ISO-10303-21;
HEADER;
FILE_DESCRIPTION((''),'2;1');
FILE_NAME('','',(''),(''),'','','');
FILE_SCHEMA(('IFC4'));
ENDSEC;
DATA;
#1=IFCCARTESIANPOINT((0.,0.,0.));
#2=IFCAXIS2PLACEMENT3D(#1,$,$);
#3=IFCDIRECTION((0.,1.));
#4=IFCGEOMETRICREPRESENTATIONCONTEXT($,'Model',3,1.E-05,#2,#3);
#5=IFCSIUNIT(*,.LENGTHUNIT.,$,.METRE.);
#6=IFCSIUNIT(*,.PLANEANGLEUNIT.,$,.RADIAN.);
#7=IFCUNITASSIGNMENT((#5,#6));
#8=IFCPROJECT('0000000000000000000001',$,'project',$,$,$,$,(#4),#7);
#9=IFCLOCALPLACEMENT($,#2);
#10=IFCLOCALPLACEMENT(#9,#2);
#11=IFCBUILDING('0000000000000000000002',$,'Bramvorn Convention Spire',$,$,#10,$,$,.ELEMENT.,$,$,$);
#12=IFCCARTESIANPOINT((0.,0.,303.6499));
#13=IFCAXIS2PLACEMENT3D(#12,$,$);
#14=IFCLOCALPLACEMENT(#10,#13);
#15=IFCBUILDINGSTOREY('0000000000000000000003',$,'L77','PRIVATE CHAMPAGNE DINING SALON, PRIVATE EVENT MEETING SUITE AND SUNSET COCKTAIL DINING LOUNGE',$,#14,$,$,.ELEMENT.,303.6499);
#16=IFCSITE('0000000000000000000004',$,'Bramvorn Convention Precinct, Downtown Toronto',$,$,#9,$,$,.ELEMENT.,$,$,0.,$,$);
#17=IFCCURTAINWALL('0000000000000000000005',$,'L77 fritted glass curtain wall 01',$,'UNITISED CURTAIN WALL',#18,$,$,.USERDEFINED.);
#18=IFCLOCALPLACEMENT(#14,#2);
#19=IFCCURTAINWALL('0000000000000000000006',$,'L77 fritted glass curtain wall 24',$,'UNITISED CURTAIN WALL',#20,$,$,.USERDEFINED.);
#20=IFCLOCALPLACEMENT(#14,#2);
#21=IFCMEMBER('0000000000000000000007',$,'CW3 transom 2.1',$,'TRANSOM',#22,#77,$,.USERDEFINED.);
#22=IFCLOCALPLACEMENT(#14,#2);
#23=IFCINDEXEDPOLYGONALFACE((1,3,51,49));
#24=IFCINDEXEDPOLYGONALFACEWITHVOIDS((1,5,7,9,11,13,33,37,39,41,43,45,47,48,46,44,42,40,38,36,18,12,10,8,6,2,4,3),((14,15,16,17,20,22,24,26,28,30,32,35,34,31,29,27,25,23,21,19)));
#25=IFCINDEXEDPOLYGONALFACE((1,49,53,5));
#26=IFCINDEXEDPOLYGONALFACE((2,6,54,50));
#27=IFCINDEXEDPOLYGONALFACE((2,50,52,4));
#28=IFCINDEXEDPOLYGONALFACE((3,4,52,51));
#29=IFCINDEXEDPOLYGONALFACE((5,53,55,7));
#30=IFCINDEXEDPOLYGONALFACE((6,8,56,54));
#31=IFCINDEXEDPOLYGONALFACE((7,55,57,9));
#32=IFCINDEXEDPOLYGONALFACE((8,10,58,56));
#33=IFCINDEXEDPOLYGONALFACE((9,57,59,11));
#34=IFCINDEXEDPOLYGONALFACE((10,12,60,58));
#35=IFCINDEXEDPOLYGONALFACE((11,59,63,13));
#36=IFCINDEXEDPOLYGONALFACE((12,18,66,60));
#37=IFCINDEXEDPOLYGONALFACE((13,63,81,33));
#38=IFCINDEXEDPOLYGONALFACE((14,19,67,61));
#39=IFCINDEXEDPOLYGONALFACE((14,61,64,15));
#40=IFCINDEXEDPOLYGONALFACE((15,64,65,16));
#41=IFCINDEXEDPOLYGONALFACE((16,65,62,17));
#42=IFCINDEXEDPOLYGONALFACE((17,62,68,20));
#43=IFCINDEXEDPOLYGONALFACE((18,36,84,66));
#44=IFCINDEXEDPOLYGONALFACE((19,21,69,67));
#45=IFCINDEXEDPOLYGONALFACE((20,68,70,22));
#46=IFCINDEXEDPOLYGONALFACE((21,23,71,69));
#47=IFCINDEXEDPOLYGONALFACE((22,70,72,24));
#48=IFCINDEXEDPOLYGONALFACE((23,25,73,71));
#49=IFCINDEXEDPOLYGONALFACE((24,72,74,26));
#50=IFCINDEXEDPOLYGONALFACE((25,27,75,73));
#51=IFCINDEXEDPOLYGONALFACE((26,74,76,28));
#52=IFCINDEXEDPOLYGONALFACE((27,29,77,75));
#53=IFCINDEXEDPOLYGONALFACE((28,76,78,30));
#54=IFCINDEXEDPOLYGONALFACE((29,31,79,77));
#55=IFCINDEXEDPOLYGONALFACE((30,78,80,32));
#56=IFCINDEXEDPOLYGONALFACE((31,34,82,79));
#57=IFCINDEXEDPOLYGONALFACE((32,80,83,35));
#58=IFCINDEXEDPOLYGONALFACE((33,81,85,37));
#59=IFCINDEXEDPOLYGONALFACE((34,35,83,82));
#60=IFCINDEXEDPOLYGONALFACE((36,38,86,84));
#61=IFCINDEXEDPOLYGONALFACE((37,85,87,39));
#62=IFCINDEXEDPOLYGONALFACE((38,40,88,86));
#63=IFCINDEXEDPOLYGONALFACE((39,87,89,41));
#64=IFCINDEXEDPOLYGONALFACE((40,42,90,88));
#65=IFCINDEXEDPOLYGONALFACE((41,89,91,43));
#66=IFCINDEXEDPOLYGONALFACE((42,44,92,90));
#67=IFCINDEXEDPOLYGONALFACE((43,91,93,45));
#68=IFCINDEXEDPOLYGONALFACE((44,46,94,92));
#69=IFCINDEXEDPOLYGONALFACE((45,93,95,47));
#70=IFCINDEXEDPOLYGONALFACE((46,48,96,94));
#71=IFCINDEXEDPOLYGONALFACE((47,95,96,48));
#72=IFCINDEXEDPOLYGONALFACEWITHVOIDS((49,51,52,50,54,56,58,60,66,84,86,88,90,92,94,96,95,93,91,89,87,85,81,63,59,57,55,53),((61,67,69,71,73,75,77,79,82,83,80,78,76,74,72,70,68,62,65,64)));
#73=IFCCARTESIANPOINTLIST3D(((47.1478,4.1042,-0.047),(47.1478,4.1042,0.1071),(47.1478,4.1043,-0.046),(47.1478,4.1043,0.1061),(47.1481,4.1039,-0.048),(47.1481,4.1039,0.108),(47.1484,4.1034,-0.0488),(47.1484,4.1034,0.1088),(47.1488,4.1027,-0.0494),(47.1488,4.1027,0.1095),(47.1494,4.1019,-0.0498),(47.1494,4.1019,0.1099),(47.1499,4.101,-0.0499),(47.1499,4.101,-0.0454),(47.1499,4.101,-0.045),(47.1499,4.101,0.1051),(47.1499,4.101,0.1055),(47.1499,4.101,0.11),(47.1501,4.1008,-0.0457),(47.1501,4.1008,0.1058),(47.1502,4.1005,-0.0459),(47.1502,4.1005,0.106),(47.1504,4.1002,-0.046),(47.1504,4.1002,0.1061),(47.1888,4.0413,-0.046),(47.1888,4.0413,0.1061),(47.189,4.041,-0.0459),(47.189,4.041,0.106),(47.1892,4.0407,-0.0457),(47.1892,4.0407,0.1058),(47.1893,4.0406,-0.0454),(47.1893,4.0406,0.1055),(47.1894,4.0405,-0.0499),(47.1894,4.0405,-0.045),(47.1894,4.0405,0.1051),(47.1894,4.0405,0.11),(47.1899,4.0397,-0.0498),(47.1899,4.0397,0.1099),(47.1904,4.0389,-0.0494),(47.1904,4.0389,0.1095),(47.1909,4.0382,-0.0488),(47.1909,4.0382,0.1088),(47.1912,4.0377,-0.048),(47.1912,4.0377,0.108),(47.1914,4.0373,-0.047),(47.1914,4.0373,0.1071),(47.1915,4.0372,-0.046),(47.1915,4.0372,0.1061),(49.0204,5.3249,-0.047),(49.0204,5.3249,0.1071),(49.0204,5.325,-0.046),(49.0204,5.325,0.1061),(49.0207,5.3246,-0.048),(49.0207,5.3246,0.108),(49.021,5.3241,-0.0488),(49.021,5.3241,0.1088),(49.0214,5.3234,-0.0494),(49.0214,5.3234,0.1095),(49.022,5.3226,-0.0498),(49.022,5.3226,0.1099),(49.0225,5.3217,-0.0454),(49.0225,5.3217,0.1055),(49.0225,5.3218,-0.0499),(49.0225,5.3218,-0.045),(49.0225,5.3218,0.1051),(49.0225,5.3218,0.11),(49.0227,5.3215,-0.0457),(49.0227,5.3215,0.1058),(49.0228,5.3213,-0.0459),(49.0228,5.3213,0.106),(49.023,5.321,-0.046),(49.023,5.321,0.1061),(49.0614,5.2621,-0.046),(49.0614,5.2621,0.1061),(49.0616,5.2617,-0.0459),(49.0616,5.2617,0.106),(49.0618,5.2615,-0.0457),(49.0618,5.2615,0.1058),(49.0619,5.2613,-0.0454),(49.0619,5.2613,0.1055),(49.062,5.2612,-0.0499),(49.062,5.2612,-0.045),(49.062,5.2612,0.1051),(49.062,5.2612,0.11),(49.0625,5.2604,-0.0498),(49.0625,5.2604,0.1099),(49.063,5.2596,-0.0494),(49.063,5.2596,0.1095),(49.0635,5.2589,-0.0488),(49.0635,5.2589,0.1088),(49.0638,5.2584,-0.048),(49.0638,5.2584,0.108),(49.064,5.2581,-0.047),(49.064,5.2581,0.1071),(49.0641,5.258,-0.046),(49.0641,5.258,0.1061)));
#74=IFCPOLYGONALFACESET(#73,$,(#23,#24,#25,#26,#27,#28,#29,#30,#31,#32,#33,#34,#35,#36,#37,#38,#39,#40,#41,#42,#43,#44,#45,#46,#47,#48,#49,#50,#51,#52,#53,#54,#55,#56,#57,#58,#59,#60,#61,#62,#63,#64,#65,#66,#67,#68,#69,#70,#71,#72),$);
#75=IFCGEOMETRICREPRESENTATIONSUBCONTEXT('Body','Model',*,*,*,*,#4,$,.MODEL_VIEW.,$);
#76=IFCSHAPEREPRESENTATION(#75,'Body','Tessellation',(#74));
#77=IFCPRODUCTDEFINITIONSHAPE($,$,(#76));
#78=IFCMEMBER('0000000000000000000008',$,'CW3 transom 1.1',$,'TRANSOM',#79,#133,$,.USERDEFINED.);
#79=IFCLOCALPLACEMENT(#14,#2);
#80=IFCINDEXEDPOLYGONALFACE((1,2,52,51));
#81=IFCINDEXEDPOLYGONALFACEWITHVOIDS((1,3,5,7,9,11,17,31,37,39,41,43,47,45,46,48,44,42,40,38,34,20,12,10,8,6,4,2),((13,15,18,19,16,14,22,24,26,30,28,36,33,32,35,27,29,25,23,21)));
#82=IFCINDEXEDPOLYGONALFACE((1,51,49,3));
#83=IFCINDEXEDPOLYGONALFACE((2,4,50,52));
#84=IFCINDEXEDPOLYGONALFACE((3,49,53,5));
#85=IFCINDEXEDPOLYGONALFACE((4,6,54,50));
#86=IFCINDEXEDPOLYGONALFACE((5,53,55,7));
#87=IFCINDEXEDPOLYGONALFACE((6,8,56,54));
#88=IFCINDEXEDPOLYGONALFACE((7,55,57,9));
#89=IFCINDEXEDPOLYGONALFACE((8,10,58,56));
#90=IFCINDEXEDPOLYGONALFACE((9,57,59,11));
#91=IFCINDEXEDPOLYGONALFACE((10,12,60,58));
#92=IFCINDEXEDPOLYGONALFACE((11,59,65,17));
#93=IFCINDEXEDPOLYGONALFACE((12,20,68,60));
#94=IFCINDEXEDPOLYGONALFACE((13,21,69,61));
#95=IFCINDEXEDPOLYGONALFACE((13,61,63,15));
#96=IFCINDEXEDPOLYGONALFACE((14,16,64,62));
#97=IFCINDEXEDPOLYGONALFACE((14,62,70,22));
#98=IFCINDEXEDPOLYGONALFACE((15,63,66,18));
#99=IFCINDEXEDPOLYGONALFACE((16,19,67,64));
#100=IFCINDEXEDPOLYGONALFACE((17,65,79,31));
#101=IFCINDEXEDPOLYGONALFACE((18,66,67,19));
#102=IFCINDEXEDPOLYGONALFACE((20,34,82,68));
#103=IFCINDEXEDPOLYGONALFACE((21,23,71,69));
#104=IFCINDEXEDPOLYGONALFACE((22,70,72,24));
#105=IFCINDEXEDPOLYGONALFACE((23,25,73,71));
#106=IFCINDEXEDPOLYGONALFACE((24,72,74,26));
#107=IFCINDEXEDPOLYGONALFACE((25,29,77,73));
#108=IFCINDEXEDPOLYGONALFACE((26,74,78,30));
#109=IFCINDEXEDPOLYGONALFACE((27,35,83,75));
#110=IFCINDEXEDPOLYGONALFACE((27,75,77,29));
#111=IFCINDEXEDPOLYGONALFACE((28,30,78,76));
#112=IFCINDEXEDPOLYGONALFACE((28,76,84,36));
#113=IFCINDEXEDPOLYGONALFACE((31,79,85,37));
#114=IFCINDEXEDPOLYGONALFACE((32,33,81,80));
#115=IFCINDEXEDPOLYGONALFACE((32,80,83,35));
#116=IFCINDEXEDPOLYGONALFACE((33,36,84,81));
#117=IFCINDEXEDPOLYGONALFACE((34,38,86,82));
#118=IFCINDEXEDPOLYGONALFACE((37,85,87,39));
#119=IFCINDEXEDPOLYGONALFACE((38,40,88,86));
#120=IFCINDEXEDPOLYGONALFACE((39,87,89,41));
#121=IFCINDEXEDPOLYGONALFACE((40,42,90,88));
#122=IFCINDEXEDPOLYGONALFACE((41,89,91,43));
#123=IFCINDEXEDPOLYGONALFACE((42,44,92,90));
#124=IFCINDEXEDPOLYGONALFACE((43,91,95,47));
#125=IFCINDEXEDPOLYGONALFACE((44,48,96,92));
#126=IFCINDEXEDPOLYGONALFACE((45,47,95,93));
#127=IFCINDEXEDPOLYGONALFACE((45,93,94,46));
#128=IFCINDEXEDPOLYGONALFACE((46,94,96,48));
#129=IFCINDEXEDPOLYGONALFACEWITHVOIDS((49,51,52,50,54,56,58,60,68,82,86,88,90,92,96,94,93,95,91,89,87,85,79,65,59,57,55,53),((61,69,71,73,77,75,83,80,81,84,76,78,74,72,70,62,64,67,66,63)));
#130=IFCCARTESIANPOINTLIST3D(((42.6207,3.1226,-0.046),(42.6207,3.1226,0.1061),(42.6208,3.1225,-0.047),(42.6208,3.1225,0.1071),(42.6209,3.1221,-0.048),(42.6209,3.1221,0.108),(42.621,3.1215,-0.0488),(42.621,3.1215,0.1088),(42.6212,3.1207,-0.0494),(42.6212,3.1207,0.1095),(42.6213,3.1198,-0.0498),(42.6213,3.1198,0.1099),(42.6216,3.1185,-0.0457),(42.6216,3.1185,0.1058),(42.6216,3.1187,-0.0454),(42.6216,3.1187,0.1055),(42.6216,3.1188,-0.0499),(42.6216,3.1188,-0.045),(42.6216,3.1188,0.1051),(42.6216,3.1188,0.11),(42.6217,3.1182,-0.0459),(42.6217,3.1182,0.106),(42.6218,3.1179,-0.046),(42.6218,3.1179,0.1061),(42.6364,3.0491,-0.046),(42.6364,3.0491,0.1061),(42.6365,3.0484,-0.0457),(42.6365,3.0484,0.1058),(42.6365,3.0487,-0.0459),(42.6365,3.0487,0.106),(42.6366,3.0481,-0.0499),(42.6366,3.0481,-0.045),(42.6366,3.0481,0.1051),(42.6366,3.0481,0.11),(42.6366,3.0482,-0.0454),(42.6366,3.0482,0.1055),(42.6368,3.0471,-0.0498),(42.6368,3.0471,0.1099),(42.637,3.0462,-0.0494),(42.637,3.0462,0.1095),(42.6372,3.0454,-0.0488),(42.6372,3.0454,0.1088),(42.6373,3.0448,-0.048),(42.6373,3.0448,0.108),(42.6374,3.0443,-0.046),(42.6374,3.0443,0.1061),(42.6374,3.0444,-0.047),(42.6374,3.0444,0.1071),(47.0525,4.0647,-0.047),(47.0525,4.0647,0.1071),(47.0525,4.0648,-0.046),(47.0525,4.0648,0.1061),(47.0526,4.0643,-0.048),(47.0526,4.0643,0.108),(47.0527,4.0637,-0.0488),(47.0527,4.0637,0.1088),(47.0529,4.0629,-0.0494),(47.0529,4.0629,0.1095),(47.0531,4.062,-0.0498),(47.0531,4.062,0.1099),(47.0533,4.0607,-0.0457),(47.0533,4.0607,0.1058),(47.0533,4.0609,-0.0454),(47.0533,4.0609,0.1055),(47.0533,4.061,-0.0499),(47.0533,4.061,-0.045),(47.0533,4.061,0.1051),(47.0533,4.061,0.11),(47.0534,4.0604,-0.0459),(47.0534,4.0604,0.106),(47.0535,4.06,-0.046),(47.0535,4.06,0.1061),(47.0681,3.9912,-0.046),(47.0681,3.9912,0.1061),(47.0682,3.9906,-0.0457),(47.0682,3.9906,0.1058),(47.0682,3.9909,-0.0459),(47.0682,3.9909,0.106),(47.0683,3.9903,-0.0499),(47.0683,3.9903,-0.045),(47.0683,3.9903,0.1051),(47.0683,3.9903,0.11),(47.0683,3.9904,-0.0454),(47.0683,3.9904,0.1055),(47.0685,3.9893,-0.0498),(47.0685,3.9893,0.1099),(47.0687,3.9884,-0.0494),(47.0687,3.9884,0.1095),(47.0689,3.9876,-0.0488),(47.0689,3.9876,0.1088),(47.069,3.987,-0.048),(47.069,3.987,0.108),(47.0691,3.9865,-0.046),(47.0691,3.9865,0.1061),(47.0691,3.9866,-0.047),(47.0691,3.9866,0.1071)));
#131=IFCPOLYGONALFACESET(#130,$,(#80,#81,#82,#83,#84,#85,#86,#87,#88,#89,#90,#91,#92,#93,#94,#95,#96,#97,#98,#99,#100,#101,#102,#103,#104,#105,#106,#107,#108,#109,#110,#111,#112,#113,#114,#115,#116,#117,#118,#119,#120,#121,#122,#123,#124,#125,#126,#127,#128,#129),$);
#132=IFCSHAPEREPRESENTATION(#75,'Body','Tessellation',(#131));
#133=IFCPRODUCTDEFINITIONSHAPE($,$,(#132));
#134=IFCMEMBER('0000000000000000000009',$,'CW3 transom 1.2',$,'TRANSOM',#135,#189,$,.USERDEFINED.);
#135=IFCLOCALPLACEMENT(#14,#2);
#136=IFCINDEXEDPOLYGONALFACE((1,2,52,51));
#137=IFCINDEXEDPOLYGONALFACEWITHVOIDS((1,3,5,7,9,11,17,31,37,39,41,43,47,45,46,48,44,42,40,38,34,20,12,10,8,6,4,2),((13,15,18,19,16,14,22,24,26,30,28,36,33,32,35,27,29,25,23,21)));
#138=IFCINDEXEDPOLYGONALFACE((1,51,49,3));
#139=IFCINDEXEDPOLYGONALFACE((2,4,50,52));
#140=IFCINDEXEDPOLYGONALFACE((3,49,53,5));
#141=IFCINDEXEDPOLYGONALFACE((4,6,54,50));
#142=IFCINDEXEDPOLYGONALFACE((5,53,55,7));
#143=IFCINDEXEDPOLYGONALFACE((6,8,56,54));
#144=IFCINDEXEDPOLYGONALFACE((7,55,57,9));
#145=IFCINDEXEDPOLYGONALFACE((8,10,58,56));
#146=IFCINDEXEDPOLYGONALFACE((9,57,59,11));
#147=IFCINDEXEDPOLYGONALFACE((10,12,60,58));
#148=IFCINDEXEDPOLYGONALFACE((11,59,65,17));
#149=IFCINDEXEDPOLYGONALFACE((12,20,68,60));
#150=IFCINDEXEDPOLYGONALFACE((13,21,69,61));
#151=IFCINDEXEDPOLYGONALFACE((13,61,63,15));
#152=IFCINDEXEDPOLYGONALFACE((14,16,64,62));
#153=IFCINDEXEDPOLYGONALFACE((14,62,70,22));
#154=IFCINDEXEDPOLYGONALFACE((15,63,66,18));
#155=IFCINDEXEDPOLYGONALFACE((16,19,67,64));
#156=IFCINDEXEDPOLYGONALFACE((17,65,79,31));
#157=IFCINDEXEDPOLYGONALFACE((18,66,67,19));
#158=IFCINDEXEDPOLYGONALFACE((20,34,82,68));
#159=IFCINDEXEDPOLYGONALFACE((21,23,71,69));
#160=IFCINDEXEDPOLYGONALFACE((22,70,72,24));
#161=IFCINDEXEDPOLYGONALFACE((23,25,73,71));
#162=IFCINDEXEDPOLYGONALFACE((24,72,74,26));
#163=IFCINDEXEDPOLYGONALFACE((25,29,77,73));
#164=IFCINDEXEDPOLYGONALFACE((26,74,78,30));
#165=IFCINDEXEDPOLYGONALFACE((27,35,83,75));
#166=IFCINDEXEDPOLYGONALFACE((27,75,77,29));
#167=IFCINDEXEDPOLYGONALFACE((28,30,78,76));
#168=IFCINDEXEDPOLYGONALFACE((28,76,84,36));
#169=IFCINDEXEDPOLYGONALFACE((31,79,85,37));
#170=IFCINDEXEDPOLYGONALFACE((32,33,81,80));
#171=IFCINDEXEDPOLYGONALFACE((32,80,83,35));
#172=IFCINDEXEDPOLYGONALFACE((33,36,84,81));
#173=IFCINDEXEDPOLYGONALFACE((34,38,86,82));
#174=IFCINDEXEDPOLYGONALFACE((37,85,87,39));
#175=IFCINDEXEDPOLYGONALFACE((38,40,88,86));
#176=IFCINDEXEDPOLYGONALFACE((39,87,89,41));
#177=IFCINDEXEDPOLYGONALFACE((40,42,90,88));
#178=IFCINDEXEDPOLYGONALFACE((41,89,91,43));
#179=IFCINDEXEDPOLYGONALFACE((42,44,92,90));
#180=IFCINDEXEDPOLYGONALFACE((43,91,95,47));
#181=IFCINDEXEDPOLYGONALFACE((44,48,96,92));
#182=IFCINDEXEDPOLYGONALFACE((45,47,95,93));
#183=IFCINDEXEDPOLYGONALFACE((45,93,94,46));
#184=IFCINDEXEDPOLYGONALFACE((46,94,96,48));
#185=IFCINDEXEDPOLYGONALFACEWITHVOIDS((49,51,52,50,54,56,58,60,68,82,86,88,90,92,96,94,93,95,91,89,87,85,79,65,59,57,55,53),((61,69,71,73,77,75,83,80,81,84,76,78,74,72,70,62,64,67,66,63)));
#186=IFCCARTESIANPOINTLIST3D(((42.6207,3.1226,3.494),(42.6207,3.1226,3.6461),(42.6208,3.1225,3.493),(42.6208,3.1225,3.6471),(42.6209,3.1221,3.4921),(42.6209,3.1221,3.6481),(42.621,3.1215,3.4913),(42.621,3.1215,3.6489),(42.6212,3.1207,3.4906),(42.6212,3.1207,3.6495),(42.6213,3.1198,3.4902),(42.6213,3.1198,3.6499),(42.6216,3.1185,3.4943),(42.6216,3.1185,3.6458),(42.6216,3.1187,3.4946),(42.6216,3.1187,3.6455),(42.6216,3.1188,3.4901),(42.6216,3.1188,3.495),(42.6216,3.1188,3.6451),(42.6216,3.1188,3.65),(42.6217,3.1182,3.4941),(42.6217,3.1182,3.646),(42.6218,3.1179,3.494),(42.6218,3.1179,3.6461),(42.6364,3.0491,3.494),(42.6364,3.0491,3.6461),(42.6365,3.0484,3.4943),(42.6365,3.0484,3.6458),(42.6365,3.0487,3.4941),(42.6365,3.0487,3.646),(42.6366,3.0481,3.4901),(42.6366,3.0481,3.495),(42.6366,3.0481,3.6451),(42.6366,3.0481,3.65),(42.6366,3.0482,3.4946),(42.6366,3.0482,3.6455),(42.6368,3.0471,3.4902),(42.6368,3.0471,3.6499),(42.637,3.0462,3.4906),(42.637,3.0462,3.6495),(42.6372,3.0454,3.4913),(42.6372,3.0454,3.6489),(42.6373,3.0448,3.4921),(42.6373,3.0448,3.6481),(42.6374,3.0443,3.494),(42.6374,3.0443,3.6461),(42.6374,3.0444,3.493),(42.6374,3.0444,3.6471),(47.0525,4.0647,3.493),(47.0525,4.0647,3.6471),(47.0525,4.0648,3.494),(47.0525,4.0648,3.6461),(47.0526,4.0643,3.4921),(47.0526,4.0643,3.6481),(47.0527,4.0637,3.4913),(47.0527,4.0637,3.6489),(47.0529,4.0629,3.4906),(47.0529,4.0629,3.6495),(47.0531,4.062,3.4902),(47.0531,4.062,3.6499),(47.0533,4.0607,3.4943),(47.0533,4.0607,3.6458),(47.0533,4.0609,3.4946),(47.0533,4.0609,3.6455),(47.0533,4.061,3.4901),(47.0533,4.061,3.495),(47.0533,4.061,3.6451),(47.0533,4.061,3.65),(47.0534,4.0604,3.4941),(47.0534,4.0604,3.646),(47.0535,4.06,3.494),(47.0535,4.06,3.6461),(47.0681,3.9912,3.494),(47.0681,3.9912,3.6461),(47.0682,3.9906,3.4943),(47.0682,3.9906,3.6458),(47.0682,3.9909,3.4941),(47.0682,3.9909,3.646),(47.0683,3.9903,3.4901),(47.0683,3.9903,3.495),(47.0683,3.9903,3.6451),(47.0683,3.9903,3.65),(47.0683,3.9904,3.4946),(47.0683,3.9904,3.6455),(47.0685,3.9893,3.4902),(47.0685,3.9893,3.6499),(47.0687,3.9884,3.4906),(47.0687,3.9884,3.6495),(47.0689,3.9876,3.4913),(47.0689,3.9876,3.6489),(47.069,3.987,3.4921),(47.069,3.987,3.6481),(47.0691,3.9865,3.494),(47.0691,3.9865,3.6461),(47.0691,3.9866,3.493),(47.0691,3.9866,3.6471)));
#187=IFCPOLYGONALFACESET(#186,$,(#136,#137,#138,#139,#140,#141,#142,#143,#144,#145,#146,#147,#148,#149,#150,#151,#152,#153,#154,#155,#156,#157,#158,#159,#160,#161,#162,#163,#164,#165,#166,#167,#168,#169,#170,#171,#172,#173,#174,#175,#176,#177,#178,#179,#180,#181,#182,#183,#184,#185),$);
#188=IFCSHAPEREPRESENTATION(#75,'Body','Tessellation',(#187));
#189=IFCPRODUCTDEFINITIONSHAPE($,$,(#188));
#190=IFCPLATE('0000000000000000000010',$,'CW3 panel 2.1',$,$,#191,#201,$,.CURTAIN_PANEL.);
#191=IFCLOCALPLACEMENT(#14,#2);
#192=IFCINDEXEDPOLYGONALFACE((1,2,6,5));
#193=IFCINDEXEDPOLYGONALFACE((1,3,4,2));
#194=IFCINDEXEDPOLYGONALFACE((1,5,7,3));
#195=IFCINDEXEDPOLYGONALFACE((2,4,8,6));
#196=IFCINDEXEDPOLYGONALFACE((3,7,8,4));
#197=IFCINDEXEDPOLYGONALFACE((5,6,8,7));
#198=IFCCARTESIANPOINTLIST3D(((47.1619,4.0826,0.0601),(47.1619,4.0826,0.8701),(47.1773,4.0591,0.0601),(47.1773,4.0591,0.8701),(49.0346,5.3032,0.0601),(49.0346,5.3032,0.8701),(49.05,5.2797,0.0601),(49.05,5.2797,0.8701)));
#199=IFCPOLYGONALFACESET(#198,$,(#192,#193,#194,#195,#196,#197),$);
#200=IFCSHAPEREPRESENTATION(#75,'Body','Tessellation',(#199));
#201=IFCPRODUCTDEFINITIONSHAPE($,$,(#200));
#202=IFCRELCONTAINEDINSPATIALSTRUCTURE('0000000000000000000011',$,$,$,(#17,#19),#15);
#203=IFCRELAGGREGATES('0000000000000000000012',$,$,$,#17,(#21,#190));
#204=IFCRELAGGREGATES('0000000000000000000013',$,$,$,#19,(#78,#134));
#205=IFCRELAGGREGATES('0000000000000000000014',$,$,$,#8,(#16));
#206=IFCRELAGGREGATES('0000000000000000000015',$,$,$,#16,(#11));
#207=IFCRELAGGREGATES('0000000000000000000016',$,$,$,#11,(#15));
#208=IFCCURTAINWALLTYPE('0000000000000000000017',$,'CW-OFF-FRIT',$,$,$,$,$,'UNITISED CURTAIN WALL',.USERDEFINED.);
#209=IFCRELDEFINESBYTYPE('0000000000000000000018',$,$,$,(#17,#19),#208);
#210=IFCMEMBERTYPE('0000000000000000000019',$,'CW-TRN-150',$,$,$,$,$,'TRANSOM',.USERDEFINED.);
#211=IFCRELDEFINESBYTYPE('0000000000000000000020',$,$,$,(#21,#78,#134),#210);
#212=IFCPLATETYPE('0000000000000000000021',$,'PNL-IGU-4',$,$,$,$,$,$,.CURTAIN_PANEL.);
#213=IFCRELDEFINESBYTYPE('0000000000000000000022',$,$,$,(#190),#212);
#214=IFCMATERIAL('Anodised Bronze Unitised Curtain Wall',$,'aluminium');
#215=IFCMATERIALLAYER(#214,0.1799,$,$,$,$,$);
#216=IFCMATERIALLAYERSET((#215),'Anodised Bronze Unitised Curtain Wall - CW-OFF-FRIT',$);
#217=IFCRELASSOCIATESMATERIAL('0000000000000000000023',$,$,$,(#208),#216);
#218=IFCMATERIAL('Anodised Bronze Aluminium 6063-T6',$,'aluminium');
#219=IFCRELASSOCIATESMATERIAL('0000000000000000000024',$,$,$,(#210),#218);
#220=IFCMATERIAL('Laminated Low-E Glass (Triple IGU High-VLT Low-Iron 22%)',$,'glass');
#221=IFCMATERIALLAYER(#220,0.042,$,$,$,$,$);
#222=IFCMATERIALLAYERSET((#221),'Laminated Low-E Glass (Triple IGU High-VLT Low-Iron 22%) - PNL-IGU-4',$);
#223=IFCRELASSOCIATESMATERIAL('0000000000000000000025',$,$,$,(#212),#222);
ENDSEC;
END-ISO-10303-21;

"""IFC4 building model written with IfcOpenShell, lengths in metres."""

from ifc_helpers import new_model, si_unit, direction, frame, origin, origin_2d, place, context, subcontext, project, spatial, rectangle, hollow_rectangle, extrude, material, layer, layer_set, material_profile, profile_set, type_object, element, aggregate, save


model = new_model("IFC4")

# Units and contexts
model_context = context("Model", 3, precision=1e-05, world=origin(), true_north=direction((0.0, 1.0)))
body_context = subcontext(model_context, "Body", "Model", "MODEL_VIEW")
ifc_project = project(units=[si_unit("LENGTHUNIT", "METRE"), si_unit("PLANEANGLEUNIT", "RADIAN")], contexts=[model_context])

# Site, building, storey
site_placement = place(None, origin())
site = spatial("IfcSite", under=ifc_project, at=site_placement, Name="Bramvorn Convention Precinct, Downtown Toronto", CompositionType="ELEMENT", RefElevation=0.0)
building_placement = place(site_placement, origin())
building = spatial("IfcBuilding", under=site, at=building_placement, Name="Bramvorn Convention Spire", CompositionType="ELEMENT")
storey_placement = place(building_placement, frame((0.0, 0.0, 303.6499)))
storey = spatial("IfcBuildingStorey", under=building, at=storey_placement, Name="L77", Description="PRIVATE CHAMPAGNE DINING SALON, PRIVATE EVENT MEETING SUITE AND SUNSET COCKTAIL DINING LOUNGE", CompositionType="ELEMENT", Elevation=303.6499)

# Curtain wall
ifc_material_1 = material(Name="Anodised Bronze Unitised Curtain Wall", Category="aluminium")
ifc_layer_1 = layer(ifc_material_1, 0.1799)
ifc_layer_set_1 = layer_set([ifc_layer_1], Name="Anodised Bronze Unitised Curtain Wall - CW-OFF-FRIT")
curtain_wall_type = type_object("IfcCurtainWallType", Name="CW-OFF-FRIT", ElementType="UNITISED CURTAIN WALL", PredefinedType="USERDEFINED", material=ifc_layer_set_1)
curtain_wall_1_placement = place(storey_placement, origin())
curtain_wall_1 = element("IfcCurtainWall", 1, at=curtain_wall_1_placement, inside=storey, type_object=curtain_wall_type, Name="L77 fritted glass curtain wall 01", ObjectType="UNITISED CURTAIN WALL", PredefinedType="USERDEFINED")
ifc_material_2 = material(Name="Anodised Bronze Aluminium 6063-T6", Category="aluminium")

# Curtain wall
curtain_wall_2_placement = place(storey_placement, origin())
curtain_wall_2 = element("IfcCurtainWall", 2, at=curtain_wall_2_placement, inside=storey, type_object=curtain_wall_type, Name="L77 fritted glass curtain wall 24", ObjectType="UNITISED CURTAIN WALL", PredefinedType="USERDEFINED")

# Members
ifc_material_profile_1 = material_profile(ifc_material_2, hollow_rectangle(XDim=0.0801, YDim=0.1599, WallThickness=0.0039, InnerFilletRadius=0.001, OuterFilletRadius=0.0039, at=origin_2d()))
ifc_profile_set_1 = profile_set([ifc_material_profile_1], Name="Anodised Bronze Aluminium 6063-T6 - CWT80X160")
member_type_1 = type_object("IfcMemberType", Name="CW-TRN-150", ElementType="TRANSOM", PredefinedType="USERDEFINED", material=ifc_profile_set_1)
member_1_placement = place(storey_placement, frame((49.0422, 5.2915, 0.03), z_axis=(-0.837719, -0.546101, 0.0), x_axis=(0.546101, -0.837719, 0.0)))
member_1 = element("IfcMember", 3, at=member_1_placement, type_object=member_type_1, Name="CW3 transom 2.1", ObjectType="TRANSOM", PredefinedType="USERDEFINED", context=body_context, shape_type="SweptSolid", body=[
    extrude(hollow_rectangle(XDim=0.0801, YDim=0.1599, WallThickness=0.0039, InnerFilletRadius=0.001, OuterFilletRadius=0.0039, at=origin_2d()), origin(), (0.0, 0.0, 1.0), 2.2354),
])
member_2_placement = place(storey_placement, frame((47.0608, 4.0256, 0.03), z_axis=(-0.97814, -0.207946, 0.0), x_axis=(0.207946, -0.97814, 0.0)))
member_2 = element("IfcMember", 4, at=member_2_placement, type_object=member_type_1, Name="CW3 transom 1.1", ObjectType="TRANSOM", PredefinedType="USERDEFINED", context=body_context, shape_type="SweptSolid", body=[
    extrude(hollow_rectangle(XDim=0.0801, YDim=0.1599, WallThickness=0.0039, InnerFilletRadius=0.001, OuterFilletRadius=0.0039, at=origin_2d()), origin(), (0.0, 0.0, 1.0), 4.5308),
])
member_3_placement = place(storey_placement, frame((47.0608, 4.0256, 3.5701), z_axis=(-0.97814, -0.207946, 0.0), x_axis=(0.207946, -0.97814, 0.0)))
member_3 = element("IfcMember", 5, at=member_3_placement, type_object=member_type_1, Name="CW3 transom 1.2", ObjectType="TRANSOM", PredefinedType="USERDEFINED", context=body_context, shape_type="SweptSolid", body=[
    extrude(hollow_rectangle(XDim=0.0801, YDim=0.1599, WallThickness=0.0039, InnerFilletRadius=0.001, OuterFilletRadius=0.0039, at=origin_2d()), origin(), (0.0, 0.0, 1.0), 4.5308),
])

# Plate
ifc_material_3 = material(Name="Laminated Low-E Glass (Triple IGU High-VLT Low-Iron 22%)", Category="glass")
ifc_layer_2 = layer(ifc_material_3, 0.042)
ifc_layer_set_2 = layer_set([ifc_layer_2], Name="Laminated Low-E Glass (Triple IGU High-VLT Low-Iron 22%) - PNL-IGU-4")
plate_type = type_object("IfcPlateType", Name="PNL-IGU-4", PredefinedType="CURTAIN_PANEL", material=ifc_layer_set_2)
plate_1_placement = place(storey_placement, frame((48.106, 4.6812, 0.0601), z_axis=(0.0, 0.0, 1.0), x_axis=(-0.837762, -0.546036, 0.0)))
plate_1 = element("IfcPlate", 6, at=plate_1_placement, type_object=plate_type, Name="CW3 panel 2.1", PredefinedType="CURTAIN_PANEL", context=body_context, shape_type="SweptSolid", body=[
    extrude(rectangle(XDim=2.2354, YDim=0.0281, at=origin_2d()), origin(), (0.0, 0.0, 1.0), 0.8101),
])
aggregate(curtain_wall_1, [member_1, plate_1])
aggregate(curtain_wall_2, [member_2, member_3])

save(model, "model.ifc")
